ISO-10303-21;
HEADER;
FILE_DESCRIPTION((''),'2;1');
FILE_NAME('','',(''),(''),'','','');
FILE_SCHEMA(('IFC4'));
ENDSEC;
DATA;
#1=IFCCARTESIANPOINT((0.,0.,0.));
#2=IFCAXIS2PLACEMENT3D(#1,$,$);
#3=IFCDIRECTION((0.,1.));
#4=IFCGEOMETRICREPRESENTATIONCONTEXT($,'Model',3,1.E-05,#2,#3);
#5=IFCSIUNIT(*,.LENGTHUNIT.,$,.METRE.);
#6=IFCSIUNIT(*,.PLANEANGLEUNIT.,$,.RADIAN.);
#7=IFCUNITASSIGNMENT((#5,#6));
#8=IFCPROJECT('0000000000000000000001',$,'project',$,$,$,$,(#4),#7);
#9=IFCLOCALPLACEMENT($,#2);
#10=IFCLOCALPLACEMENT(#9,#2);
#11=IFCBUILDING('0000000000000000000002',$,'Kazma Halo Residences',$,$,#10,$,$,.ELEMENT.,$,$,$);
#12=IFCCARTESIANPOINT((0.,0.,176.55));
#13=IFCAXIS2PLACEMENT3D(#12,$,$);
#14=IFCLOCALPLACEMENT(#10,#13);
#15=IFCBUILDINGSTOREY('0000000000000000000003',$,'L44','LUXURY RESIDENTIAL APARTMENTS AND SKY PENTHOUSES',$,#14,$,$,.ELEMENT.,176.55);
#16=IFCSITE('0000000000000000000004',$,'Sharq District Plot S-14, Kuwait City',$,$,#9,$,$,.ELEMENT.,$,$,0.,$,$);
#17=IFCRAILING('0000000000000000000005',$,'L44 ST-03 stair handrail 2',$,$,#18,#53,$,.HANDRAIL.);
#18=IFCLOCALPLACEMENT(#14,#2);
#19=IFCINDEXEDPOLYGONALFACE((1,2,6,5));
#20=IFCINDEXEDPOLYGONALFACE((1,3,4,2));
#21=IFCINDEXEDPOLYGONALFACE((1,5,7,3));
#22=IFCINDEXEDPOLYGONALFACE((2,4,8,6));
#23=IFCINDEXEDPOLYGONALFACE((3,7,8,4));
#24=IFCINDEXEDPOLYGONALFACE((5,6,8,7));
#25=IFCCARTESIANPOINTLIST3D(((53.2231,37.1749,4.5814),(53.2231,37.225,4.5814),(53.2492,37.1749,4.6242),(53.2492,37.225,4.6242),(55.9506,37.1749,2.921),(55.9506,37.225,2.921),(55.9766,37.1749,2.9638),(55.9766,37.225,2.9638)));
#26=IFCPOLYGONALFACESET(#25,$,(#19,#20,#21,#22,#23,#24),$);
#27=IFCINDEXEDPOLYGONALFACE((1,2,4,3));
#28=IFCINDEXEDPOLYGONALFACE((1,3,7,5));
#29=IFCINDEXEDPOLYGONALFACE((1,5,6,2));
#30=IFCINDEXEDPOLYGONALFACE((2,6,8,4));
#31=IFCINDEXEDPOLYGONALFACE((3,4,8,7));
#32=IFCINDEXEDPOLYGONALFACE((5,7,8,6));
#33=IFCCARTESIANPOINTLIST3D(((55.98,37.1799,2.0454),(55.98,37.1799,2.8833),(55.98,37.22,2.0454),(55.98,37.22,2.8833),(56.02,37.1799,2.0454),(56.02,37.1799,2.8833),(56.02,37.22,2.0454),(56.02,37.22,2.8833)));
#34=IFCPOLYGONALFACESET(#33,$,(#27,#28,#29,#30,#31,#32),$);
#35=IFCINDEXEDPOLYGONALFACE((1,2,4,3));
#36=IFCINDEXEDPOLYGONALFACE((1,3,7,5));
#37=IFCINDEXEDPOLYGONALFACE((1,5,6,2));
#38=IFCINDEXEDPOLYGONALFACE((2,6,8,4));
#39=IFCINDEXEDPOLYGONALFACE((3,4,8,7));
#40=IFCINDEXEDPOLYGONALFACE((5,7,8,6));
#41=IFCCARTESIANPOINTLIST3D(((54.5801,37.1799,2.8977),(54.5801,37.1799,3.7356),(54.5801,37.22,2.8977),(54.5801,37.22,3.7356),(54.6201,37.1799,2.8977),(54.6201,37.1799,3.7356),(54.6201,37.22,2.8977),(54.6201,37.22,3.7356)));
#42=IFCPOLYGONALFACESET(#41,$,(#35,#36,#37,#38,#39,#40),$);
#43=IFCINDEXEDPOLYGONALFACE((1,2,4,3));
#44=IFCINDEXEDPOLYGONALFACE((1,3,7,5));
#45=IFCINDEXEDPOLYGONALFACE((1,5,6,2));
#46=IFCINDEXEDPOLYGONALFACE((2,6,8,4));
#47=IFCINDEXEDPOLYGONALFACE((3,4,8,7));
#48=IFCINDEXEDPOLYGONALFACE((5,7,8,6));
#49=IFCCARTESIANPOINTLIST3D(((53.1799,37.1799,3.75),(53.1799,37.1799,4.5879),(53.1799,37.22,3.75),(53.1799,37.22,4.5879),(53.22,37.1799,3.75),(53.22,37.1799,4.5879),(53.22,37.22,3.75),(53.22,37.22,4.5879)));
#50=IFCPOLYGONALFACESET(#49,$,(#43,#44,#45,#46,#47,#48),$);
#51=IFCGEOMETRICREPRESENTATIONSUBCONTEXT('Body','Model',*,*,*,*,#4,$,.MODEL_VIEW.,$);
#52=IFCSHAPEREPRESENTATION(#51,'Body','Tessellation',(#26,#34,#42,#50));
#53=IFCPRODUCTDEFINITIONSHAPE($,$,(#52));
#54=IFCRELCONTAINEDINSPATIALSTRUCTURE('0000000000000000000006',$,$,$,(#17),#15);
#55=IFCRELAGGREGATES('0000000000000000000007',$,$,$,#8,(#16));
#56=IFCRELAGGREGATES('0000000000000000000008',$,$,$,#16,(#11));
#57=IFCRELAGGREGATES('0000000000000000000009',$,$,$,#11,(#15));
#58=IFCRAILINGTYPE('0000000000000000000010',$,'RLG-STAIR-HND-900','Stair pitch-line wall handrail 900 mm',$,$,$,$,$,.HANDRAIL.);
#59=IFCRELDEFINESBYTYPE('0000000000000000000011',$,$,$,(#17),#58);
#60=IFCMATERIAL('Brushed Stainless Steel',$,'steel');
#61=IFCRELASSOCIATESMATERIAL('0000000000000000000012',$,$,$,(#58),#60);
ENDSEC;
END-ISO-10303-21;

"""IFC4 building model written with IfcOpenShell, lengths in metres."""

from ifc_helpers import new_model, si_unit, direction, frame, origin, origin_2d, place, context, subcontext, project, spatial, rectangle, extrude, material, type_object, element, save


model = new_model("IFC4")

# Units and contexts
model_context = context("Model", 3, precision=1e-05, world=origin(), true_north=direction((0.0, 1.0)))
body_context = subcontext(model_context, "Body", "Model", "MODEL_VIEW")
ifc_project = project(units=[si_unit("LENGTHUNIT", "METRE"), si_unit("PLANEANGLEUNIT", "RADIAN")], contexts=[model_context])

# Site, building, storey
site_placement = place(None, origin())
site = spatial("IfcSite", under=ifc_project, at=site_placement, Name="Sharq District Plot S-14, Kuwait City", CompositionType="ELEMENT", RefElevation=0.0)
building_placement = place(site_placement, origin())
building = spatial("IfcBuilding", under=site, at=building_placement, Name="Kazma Halo Residences", CompositionType="ELEMENT")
storey_placement = place(building_placement, frame((0.0, 0.0, 176.55)))
storey = spatial("IfcBuildingStorey", under=building, at=storey_placement, Name="L44", Description="LUXURY RESIDENTIAL APARTMENTS AND SKY PENTHOUSES", CompositionType="ELEMENT", Elevation=176.55)

# Railing
ifc_material_1 = material(Name="Brushed Stainless Steel", Category="steel")
railing_type_1 = type_object("IfcRailingType", Name="RLG-STAIR-HND-900", Description="Stair pitch-line wall handrail 900 mm", PredefinedType="HANDRAIL", material=ifc_material_1)
railing_1_placement = place(storey_placement, frame((56.0, 37.2, 2.0454)))
element("IfcRailing", 1, at=railing_1_placement, inside=storey, type_object=railing_type_1, Name="L44 ST-03 stair handrail 2", PredefinedType="HANDRAIL", context=body_context, shape_type="SweptSolid", body=[
    extrude(rectangle(XDim=0.05, YDim=0.05, at=origin_2d()), frame((-0.0364, 0.0, 0.897), z_axis=(-0.85417, 0.0, 0.519994), x_axis=(0.0, -1.0, 0.0)), (0.0, 0.0, 1.0), 3.1931),
    extrude(rectangle(XDim=0.04, YDim=0.04, at=origin_2d()), origin(), (0.0, 0.0, 1.0), 0.8379),
    extrude(rectangle(XDim=0.04, YDim=0.04, at=origin_2d()), frame((-1.3999, 0.0, 0.8523)), (0.0, 0.0, 1.0), 0.8379),
    extrude(rectangle(XDim=0.04, YDim=0.04, at=origin_2d()), frame((-2.8, 0.0, 1.7046)), (0.0, 0.0, 1.0), 0.8379),
])

save(model, "model.ifc")
